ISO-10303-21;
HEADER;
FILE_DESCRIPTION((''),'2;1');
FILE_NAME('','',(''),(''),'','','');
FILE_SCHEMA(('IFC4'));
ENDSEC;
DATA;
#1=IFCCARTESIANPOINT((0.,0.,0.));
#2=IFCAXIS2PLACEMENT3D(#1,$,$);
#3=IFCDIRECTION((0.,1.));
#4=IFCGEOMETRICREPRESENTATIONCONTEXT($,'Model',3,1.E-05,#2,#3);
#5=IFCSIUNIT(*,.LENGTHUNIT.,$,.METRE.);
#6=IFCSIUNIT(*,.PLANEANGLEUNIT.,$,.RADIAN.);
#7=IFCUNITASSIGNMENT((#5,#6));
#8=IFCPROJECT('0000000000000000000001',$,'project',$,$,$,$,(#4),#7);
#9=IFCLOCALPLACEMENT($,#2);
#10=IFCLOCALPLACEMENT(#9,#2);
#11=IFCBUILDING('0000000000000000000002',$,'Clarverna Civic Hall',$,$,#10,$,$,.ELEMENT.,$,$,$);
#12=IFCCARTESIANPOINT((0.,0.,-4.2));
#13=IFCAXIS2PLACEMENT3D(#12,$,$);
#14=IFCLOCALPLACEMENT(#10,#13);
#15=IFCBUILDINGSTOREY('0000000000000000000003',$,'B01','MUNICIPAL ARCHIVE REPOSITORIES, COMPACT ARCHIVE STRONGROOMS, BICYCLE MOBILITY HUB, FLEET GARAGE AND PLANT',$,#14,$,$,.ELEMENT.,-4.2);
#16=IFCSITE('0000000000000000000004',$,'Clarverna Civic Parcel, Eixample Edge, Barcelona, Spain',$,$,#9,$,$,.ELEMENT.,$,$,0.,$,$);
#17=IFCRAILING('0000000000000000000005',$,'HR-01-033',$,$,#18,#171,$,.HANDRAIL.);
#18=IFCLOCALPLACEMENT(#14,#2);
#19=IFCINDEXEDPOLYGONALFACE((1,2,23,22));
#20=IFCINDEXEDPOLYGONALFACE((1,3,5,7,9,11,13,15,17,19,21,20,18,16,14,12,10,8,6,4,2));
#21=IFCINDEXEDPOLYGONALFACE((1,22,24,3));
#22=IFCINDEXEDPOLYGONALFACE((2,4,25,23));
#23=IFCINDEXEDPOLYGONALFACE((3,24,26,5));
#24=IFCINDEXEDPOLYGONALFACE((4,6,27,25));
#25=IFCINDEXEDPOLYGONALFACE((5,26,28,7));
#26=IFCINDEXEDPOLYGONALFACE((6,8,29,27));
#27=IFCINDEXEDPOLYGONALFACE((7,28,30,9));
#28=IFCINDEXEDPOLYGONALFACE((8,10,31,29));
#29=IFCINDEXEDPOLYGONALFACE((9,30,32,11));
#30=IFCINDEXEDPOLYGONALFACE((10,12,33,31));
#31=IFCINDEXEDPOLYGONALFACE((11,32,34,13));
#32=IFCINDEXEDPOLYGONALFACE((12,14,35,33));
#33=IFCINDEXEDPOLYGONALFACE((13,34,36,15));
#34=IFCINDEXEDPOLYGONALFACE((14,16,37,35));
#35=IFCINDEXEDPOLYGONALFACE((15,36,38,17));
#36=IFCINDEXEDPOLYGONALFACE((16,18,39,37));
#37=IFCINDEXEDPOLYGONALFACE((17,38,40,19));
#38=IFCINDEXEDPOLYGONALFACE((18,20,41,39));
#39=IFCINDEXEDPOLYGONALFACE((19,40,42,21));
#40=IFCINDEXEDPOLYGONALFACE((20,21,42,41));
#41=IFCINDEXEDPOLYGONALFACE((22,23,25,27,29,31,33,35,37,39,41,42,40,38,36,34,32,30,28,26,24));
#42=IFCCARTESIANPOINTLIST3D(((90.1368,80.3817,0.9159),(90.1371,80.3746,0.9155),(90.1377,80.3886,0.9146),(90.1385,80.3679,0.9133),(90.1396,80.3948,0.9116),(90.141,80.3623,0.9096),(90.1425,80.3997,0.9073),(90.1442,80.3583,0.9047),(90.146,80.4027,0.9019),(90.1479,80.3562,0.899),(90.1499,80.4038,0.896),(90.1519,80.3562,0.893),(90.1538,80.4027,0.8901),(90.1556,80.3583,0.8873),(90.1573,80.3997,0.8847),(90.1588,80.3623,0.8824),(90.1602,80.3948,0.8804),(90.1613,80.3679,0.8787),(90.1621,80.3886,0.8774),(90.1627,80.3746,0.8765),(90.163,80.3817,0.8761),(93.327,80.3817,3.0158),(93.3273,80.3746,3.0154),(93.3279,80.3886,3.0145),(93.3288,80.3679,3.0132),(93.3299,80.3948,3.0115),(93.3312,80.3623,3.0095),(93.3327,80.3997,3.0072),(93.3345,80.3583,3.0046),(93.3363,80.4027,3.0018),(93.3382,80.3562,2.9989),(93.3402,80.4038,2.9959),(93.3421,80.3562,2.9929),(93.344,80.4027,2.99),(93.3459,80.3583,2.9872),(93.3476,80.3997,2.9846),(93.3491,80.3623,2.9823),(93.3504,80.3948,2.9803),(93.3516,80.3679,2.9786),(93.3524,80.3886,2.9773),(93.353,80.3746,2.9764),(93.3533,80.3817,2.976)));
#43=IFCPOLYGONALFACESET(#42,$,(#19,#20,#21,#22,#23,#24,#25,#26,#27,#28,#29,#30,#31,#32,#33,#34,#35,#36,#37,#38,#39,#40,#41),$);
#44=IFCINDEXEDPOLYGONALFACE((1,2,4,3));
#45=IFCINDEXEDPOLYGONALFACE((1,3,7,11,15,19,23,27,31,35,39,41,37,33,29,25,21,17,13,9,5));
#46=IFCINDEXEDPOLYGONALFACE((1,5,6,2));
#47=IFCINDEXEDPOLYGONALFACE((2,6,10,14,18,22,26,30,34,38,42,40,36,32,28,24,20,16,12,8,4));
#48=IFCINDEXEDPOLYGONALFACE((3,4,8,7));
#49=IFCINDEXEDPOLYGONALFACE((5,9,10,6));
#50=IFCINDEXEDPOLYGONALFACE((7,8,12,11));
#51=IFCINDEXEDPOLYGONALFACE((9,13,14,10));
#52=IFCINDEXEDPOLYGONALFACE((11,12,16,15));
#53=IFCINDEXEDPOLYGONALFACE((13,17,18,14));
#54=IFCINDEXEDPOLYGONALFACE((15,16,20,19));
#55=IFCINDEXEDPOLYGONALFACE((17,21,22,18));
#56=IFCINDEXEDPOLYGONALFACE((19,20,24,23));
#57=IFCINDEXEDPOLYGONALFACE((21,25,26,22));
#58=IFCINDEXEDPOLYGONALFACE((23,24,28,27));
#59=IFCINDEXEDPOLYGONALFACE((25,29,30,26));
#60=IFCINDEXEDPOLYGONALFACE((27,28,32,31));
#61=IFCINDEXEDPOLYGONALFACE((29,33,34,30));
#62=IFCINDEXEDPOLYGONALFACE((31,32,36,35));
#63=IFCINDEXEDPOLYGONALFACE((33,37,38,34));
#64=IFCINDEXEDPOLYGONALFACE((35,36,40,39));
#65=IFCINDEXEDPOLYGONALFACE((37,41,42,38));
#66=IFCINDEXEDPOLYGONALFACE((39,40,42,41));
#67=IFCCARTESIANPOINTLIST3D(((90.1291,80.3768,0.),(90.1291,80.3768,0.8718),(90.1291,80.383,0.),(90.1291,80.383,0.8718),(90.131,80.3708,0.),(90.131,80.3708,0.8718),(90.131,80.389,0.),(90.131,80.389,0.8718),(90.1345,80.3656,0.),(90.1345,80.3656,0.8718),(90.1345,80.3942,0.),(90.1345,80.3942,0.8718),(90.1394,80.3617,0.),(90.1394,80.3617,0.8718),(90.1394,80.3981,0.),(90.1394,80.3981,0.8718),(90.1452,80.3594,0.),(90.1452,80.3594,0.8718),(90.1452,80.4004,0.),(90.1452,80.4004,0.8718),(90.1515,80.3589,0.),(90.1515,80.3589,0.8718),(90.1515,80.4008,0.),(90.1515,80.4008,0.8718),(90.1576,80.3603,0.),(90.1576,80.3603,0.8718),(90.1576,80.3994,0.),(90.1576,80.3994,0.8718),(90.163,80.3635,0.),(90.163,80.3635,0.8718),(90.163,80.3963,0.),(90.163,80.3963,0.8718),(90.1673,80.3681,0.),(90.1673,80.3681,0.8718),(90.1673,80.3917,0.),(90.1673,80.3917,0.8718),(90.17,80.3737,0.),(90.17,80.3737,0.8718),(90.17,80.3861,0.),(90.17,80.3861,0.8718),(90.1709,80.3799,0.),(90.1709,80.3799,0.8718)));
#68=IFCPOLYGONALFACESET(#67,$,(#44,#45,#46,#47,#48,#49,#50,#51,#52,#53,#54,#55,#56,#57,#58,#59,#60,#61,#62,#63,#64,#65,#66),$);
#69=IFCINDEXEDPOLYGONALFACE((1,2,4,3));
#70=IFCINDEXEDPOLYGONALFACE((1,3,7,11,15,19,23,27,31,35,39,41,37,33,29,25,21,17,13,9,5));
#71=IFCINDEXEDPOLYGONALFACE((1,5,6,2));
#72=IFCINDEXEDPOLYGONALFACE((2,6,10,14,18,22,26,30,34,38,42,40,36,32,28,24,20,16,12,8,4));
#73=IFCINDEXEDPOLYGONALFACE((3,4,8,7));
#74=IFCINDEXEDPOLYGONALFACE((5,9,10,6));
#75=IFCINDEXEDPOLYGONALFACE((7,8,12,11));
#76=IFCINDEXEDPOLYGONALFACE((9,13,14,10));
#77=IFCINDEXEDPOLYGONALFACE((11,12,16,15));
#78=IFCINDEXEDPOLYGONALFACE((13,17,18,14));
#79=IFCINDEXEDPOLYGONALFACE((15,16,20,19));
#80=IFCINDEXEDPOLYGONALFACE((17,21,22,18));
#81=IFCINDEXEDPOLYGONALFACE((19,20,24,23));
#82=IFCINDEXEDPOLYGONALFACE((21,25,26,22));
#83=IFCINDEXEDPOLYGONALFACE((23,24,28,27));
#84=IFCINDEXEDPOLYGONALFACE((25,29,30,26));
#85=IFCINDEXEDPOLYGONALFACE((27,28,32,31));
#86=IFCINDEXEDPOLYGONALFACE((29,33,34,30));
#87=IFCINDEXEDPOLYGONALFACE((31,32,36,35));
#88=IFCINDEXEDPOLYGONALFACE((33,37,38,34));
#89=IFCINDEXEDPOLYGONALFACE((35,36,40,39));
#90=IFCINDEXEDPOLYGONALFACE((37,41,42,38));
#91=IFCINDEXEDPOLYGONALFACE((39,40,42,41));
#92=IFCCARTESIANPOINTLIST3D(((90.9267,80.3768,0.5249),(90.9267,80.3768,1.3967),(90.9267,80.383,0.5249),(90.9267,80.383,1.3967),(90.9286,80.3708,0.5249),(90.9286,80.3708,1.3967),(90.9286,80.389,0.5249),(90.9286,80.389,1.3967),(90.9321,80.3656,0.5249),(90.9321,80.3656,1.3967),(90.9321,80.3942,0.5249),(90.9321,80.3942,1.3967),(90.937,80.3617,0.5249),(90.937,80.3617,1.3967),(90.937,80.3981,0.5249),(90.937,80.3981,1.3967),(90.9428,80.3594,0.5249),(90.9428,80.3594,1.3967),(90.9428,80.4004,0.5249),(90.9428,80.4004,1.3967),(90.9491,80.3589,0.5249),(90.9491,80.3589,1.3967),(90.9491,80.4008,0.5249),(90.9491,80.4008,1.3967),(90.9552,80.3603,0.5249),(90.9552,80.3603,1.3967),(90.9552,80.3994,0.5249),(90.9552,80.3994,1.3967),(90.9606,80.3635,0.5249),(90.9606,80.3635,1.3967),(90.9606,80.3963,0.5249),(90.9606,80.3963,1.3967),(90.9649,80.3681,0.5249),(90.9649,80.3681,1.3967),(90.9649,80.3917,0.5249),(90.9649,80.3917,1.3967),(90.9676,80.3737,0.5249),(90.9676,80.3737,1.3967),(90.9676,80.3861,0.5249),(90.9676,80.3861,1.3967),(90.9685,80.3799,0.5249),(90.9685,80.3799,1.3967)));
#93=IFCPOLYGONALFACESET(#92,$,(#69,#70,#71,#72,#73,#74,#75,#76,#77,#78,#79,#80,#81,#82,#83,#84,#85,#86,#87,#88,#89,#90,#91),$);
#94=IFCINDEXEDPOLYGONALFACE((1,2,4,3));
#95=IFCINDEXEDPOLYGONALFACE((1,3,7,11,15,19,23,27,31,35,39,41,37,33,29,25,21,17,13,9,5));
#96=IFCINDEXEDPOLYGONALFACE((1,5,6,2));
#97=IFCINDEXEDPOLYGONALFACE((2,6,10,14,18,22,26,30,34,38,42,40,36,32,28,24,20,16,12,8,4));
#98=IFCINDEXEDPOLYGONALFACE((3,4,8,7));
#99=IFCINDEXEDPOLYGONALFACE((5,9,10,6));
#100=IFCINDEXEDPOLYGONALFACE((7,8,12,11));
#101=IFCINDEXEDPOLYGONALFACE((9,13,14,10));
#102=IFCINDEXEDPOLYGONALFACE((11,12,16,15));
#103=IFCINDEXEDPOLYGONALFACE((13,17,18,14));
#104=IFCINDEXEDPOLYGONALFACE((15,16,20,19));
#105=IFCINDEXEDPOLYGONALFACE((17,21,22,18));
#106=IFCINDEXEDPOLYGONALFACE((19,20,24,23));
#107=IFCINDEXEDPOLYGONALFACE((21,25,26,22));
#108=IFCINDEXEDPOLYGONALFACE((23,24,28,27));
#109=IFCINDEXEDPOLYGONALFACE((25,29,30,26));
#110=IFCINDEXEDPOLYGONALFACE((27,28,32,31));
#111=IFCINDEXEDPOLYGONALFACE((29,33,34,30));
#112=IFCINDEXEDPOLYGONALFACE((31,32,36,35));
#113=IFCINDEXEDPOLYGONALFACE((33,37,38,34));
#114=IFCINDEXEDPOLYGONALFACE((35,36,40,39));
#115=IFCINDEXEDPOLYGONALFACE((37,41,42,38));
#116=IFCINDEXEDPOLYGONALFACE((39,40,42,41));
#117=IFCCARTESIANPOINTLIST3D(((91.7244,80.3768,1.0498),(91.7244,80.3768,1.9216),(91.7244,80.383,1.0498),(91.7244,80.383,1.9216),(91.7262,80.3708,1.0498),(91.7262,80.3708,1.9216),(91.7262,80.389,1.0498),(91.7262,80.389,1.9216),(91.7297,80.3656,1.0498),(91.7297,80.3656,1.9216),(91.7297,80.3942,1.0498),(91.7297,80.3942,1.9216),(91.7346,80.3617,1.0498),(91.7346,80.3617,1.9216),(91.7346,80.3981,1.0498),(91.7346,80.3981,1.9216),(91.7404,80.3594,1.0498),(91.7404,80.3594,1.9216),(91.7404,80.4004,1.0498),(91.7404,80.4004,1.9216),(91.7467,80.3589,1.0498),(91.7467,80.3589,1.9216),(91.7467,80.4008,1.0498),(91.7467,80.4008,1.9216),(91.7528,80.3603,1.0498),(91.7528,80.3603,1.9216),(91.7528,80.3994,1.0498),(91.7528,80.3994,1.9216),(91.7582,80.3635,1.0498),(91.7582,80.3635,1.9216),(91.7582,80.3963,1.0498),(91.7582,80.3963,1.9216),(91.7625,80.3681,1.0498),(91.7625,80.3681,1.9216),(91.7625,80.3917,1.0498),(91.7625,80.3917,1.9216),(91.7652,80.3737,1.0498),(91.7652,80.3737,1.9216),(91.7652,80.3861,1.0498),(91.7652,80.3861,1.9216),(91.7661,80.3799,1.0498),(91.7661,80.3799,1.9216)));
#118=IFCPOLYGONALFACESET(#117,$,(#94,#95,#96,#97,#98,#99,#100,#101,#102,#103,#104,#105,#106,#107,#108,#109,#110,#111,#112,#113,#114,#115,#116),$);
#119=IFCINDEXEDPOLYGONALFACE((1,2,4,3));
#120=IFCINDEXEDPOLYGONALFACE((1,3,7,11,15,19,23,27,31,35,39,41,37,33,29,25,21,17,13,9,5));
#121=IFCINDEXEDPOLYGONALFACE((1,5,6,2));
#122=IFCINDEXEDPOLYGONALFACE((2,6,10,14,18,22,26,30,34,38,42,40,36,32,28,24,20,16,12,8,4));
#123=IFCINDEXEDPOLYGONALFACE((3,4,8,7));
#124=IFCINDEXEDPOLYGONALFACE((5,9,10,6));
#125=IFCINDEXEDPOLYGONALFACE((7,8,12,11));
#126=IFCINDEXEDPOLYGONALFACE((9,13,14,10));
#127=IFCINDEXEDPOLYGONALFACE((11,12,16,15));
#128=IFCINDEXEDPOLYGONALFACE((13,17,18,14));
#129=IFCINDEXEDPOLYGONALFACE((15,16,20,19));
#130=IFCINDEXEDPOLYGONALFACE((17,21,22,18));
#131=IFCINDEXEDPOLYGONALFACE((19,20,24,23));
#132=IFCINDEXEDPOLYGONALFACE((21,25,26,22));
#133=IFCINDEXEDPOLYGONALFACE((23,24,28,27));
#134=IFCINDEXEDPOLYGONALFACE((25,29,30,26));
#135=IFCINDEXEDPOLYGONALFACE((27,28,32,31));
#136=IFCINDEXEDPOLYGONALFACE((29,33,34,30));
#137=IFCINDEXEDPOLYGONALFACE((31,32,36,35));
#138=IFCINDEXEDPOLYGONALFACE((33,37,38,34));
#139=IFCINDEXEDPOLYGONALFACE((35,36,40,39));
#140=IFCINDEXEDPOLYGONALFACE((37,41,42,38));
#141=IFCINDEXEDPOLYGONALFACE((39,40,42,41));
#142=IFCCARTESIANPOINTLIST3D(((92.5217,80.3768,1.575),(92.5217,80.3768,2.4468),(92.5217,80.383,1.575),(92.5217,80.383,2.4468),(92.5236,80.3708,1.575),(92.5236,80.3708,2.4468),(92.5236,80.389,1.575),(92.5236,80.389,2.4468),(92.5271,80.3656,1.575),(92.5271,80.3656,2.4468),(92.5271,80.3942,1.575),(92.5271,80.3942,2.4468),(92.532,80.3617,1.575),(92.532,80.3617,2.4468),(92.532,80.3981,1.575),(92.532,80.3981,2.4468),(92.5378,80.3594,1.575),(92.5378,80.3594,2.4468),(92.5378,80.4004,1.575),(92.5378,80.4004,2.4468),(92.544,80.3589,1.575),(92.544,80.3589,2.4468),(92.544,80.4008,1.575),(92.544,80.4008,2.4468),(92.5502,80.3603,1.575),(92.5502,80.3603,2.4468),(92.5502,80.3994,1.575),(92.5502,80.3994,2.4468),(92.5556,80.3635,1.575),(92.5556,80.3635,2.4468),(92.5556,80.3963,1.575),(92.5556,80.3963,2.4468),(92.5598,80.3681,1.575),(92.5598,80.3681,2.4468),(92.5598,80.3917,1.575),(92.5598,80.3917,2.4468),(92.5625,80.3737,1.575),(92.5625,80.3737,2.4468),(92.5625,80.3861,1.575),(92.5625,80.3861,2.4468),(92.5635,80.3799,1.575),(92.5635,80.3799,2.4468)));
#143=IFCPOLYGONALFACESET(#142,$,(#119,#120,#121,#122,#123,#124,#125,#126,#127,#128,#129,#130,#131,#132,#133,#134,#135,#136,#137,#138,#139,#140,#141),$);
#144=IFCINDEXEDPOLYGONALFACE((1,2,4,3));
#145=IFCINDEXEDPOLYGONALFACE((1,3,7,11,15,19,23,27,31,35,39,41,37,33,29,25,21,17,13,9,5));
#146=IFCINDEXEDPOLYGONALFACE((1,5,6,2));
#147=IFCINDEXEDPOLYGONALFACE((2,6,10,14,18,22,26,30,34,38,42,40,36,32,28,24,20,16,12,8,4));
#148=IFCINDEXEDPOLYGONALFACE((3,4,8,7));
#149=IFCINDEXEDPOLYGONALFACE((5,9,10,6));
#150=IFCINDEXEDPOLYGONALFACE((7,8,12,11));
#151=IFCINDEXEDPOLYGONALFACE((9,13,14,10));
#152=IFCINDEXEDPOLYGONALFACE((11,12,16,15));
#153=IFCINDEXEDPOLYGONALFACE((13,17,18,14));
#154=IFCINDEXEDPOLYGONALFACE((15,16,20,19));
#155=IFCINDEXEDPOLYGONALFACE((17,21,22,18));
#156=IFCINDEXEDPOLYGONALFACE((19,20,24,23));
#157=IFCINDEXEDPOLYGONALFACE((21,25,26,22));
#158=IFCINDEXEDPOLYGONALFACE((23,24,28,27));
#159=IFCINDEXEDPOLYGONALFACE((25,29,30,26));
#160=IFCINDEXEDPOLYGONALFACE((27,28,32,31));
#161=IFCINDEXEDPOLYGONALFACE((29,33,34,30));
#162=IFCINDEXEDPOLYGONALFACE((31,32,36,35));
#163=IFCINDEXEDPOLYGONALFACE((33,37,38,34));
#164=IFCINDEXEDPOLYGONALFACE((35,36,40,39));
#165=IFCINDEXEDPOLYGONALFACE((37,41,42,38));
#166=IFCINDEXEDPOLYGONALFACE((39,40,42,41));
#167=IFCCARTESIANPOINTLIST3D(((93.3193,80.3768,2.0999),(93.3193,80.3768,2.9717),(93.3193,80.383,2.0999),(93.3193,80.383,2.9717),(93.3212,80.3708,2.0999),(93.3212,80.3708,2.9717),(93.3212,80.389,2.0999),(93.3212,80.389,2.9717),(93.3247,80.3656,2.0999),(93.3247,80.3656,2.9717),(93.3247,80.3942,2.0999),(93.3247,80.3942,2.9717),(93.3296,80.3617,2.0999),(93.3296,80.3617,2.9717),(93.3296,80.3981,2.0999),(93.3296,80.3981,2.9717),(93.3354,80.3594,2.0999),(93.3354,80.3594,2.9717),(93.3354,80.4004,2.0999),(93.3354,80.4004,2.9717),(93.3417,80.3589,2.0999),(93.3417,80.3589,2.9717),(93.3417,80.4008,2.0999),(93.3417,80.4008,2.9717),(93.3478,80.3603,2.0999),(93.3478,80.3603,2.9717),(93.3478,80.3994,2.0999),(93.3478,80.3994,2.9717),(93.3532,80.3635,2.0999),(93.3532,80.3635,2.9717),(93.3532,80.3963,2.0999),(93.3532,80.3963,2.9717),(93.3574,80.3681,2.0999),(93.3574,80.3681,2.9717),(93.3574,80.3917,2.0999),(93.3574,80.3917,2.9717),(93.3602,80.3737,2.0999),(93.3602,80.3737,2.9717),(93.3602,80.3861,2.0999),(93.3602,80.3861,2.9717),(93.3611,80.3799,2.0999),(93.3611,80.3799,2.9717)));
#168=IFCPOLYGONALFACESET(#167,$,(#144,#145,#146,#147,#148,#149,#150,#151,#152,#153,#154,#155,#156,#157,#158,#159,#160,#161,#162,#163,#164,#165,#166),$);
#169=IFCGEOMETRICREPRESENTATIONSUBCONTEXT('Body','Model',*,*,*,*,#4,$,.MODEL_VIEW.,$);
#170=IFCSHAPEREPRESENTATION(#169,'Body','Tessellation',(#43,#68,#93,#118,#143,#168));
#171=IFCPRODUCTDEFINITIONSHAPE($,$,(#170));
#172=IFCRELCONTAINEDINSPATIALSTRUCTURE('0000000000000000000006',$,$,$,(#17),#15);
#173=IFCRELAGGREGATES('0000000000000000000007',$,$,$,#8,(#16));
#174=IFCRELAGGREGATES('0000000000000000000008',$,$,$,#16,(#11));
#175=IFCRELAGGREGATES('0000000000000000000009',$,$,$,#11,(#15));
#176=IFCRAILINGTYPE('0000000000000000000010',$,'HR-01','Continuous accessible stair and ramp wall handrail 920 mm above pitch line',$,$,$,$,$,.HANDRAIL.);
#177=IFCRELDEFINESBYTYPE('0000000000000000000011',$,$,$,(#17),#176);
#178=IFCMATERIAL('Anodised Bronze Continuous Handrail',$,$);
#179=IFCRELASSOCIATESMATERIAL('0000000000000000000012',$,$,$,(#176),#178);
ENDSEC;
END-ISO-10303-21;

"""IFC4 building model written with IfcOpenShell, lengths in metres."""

from ifc_helpers import new_model, si_unit, direction, frame, origin, origin_2d, place, context, subcontext, project, spatial, circle, extrude, material, type_object, element, save


model = new_model("IFC4")

# Units and contexts
model_context = context("Model", 3, precision=1e-05, world=origin(), true_north=direction((0.0, 1.0)))
body_context = subcontext(model_context, "Body", "Model", "MODEL_VIEW")
ifc_project = project(units=[si_unit("LENGTHUNIT", "METRE"), si_unit("PLANEANGLEUNIT", "RADIAN")], contexts=[model_context])

# Site, building, storey
site_placement = place(None, origin())
site = spatial("IfcSite", under=ifc_project, at=site_placement, Name="Clarverna Civic Parcel, Eixample Edge, Barcelona, Spain", CompositionType="ELEMENT", RefElevation=0.0)
building_placement = place(site_placement, origin())
building = spatial("IfcBuilding", under=site, at=building_placement, Name="Clarverna Civic Hall", CompositionType="ELEMENT")
storey_placement = place(building_placement, frame((0.0, 0.0, -4.2)))
storey = spatial("IfcBuildingStorey", under=building, at=storey_placement, Name="B01", Description="MUNICIPAL ARCHIVE REPOSITORIES, COMPACT ARCHIVE STRONGROOMS, BICYCLE MOBILITY HUB, FLEET GARAGE AND PLANT", CompositionType="ELEMENT", Elevation=-4.2)

# Railing
ifc_material_1 = material(Name="Anodised Bronze Continuous Handrail")
railing_type_1 = type_object("IfcRailingType", Name="HR-01", Description="Continuous accessible stair and ramp wall handrail 920 mm above pitch line", PredefinedType="HANDRAIL", material=ifc_material_1)
railing_1_placement = place(storey_placement, frame((90.1499, 80.3799, 0.0)))
element("IfcRailing", 1, at=railing_1_placement, inside=storey, type_object=railing_type_1, Name="HR-01-033", PredefinedType="HANDRAIL", context=body_context, shape_type="SweptSolid", body=[
    extrude(circle(Radius=0.0239, at=origin_2d()), frame((0.0, 0.0, 0.896), z_axis=(0.835291, 0.0, 0.549808), x_axis=(0.0, 1.0, 0.0)), (0.0, 0.0, 1.0), 3.8193),
    extrude(circle(Radius=0.021, at=origin_2d()), origin(), (0.0, 0.0, 1.0), 0.8718),
    extrude(circle(Radius=0.021, at=origin_2d()), frame((0.7976, 0.0, 0.5249)), (0.0, 0.0, 1.0), 0.8718),
    extrude(circle(Radius=0.021, at=origin_2d()), frame((1.5952, 0.0, 1.0498)), (0.0, 0.0, 1.0), 0.8718),
    extrude(circle(Radius=0.021, at=origin_2d()), frame((2.3926, 0.0, 1.575)), (0.0, 0.0, 1.0), 0.8718),
    extrude(circle(Radius=0.021, at=origin_2d()), frame((3.1902, 0.0, 2.0999)), (0.0, 0.0, 1.0), 0.8718),
])

save(model, "model.ifc")
